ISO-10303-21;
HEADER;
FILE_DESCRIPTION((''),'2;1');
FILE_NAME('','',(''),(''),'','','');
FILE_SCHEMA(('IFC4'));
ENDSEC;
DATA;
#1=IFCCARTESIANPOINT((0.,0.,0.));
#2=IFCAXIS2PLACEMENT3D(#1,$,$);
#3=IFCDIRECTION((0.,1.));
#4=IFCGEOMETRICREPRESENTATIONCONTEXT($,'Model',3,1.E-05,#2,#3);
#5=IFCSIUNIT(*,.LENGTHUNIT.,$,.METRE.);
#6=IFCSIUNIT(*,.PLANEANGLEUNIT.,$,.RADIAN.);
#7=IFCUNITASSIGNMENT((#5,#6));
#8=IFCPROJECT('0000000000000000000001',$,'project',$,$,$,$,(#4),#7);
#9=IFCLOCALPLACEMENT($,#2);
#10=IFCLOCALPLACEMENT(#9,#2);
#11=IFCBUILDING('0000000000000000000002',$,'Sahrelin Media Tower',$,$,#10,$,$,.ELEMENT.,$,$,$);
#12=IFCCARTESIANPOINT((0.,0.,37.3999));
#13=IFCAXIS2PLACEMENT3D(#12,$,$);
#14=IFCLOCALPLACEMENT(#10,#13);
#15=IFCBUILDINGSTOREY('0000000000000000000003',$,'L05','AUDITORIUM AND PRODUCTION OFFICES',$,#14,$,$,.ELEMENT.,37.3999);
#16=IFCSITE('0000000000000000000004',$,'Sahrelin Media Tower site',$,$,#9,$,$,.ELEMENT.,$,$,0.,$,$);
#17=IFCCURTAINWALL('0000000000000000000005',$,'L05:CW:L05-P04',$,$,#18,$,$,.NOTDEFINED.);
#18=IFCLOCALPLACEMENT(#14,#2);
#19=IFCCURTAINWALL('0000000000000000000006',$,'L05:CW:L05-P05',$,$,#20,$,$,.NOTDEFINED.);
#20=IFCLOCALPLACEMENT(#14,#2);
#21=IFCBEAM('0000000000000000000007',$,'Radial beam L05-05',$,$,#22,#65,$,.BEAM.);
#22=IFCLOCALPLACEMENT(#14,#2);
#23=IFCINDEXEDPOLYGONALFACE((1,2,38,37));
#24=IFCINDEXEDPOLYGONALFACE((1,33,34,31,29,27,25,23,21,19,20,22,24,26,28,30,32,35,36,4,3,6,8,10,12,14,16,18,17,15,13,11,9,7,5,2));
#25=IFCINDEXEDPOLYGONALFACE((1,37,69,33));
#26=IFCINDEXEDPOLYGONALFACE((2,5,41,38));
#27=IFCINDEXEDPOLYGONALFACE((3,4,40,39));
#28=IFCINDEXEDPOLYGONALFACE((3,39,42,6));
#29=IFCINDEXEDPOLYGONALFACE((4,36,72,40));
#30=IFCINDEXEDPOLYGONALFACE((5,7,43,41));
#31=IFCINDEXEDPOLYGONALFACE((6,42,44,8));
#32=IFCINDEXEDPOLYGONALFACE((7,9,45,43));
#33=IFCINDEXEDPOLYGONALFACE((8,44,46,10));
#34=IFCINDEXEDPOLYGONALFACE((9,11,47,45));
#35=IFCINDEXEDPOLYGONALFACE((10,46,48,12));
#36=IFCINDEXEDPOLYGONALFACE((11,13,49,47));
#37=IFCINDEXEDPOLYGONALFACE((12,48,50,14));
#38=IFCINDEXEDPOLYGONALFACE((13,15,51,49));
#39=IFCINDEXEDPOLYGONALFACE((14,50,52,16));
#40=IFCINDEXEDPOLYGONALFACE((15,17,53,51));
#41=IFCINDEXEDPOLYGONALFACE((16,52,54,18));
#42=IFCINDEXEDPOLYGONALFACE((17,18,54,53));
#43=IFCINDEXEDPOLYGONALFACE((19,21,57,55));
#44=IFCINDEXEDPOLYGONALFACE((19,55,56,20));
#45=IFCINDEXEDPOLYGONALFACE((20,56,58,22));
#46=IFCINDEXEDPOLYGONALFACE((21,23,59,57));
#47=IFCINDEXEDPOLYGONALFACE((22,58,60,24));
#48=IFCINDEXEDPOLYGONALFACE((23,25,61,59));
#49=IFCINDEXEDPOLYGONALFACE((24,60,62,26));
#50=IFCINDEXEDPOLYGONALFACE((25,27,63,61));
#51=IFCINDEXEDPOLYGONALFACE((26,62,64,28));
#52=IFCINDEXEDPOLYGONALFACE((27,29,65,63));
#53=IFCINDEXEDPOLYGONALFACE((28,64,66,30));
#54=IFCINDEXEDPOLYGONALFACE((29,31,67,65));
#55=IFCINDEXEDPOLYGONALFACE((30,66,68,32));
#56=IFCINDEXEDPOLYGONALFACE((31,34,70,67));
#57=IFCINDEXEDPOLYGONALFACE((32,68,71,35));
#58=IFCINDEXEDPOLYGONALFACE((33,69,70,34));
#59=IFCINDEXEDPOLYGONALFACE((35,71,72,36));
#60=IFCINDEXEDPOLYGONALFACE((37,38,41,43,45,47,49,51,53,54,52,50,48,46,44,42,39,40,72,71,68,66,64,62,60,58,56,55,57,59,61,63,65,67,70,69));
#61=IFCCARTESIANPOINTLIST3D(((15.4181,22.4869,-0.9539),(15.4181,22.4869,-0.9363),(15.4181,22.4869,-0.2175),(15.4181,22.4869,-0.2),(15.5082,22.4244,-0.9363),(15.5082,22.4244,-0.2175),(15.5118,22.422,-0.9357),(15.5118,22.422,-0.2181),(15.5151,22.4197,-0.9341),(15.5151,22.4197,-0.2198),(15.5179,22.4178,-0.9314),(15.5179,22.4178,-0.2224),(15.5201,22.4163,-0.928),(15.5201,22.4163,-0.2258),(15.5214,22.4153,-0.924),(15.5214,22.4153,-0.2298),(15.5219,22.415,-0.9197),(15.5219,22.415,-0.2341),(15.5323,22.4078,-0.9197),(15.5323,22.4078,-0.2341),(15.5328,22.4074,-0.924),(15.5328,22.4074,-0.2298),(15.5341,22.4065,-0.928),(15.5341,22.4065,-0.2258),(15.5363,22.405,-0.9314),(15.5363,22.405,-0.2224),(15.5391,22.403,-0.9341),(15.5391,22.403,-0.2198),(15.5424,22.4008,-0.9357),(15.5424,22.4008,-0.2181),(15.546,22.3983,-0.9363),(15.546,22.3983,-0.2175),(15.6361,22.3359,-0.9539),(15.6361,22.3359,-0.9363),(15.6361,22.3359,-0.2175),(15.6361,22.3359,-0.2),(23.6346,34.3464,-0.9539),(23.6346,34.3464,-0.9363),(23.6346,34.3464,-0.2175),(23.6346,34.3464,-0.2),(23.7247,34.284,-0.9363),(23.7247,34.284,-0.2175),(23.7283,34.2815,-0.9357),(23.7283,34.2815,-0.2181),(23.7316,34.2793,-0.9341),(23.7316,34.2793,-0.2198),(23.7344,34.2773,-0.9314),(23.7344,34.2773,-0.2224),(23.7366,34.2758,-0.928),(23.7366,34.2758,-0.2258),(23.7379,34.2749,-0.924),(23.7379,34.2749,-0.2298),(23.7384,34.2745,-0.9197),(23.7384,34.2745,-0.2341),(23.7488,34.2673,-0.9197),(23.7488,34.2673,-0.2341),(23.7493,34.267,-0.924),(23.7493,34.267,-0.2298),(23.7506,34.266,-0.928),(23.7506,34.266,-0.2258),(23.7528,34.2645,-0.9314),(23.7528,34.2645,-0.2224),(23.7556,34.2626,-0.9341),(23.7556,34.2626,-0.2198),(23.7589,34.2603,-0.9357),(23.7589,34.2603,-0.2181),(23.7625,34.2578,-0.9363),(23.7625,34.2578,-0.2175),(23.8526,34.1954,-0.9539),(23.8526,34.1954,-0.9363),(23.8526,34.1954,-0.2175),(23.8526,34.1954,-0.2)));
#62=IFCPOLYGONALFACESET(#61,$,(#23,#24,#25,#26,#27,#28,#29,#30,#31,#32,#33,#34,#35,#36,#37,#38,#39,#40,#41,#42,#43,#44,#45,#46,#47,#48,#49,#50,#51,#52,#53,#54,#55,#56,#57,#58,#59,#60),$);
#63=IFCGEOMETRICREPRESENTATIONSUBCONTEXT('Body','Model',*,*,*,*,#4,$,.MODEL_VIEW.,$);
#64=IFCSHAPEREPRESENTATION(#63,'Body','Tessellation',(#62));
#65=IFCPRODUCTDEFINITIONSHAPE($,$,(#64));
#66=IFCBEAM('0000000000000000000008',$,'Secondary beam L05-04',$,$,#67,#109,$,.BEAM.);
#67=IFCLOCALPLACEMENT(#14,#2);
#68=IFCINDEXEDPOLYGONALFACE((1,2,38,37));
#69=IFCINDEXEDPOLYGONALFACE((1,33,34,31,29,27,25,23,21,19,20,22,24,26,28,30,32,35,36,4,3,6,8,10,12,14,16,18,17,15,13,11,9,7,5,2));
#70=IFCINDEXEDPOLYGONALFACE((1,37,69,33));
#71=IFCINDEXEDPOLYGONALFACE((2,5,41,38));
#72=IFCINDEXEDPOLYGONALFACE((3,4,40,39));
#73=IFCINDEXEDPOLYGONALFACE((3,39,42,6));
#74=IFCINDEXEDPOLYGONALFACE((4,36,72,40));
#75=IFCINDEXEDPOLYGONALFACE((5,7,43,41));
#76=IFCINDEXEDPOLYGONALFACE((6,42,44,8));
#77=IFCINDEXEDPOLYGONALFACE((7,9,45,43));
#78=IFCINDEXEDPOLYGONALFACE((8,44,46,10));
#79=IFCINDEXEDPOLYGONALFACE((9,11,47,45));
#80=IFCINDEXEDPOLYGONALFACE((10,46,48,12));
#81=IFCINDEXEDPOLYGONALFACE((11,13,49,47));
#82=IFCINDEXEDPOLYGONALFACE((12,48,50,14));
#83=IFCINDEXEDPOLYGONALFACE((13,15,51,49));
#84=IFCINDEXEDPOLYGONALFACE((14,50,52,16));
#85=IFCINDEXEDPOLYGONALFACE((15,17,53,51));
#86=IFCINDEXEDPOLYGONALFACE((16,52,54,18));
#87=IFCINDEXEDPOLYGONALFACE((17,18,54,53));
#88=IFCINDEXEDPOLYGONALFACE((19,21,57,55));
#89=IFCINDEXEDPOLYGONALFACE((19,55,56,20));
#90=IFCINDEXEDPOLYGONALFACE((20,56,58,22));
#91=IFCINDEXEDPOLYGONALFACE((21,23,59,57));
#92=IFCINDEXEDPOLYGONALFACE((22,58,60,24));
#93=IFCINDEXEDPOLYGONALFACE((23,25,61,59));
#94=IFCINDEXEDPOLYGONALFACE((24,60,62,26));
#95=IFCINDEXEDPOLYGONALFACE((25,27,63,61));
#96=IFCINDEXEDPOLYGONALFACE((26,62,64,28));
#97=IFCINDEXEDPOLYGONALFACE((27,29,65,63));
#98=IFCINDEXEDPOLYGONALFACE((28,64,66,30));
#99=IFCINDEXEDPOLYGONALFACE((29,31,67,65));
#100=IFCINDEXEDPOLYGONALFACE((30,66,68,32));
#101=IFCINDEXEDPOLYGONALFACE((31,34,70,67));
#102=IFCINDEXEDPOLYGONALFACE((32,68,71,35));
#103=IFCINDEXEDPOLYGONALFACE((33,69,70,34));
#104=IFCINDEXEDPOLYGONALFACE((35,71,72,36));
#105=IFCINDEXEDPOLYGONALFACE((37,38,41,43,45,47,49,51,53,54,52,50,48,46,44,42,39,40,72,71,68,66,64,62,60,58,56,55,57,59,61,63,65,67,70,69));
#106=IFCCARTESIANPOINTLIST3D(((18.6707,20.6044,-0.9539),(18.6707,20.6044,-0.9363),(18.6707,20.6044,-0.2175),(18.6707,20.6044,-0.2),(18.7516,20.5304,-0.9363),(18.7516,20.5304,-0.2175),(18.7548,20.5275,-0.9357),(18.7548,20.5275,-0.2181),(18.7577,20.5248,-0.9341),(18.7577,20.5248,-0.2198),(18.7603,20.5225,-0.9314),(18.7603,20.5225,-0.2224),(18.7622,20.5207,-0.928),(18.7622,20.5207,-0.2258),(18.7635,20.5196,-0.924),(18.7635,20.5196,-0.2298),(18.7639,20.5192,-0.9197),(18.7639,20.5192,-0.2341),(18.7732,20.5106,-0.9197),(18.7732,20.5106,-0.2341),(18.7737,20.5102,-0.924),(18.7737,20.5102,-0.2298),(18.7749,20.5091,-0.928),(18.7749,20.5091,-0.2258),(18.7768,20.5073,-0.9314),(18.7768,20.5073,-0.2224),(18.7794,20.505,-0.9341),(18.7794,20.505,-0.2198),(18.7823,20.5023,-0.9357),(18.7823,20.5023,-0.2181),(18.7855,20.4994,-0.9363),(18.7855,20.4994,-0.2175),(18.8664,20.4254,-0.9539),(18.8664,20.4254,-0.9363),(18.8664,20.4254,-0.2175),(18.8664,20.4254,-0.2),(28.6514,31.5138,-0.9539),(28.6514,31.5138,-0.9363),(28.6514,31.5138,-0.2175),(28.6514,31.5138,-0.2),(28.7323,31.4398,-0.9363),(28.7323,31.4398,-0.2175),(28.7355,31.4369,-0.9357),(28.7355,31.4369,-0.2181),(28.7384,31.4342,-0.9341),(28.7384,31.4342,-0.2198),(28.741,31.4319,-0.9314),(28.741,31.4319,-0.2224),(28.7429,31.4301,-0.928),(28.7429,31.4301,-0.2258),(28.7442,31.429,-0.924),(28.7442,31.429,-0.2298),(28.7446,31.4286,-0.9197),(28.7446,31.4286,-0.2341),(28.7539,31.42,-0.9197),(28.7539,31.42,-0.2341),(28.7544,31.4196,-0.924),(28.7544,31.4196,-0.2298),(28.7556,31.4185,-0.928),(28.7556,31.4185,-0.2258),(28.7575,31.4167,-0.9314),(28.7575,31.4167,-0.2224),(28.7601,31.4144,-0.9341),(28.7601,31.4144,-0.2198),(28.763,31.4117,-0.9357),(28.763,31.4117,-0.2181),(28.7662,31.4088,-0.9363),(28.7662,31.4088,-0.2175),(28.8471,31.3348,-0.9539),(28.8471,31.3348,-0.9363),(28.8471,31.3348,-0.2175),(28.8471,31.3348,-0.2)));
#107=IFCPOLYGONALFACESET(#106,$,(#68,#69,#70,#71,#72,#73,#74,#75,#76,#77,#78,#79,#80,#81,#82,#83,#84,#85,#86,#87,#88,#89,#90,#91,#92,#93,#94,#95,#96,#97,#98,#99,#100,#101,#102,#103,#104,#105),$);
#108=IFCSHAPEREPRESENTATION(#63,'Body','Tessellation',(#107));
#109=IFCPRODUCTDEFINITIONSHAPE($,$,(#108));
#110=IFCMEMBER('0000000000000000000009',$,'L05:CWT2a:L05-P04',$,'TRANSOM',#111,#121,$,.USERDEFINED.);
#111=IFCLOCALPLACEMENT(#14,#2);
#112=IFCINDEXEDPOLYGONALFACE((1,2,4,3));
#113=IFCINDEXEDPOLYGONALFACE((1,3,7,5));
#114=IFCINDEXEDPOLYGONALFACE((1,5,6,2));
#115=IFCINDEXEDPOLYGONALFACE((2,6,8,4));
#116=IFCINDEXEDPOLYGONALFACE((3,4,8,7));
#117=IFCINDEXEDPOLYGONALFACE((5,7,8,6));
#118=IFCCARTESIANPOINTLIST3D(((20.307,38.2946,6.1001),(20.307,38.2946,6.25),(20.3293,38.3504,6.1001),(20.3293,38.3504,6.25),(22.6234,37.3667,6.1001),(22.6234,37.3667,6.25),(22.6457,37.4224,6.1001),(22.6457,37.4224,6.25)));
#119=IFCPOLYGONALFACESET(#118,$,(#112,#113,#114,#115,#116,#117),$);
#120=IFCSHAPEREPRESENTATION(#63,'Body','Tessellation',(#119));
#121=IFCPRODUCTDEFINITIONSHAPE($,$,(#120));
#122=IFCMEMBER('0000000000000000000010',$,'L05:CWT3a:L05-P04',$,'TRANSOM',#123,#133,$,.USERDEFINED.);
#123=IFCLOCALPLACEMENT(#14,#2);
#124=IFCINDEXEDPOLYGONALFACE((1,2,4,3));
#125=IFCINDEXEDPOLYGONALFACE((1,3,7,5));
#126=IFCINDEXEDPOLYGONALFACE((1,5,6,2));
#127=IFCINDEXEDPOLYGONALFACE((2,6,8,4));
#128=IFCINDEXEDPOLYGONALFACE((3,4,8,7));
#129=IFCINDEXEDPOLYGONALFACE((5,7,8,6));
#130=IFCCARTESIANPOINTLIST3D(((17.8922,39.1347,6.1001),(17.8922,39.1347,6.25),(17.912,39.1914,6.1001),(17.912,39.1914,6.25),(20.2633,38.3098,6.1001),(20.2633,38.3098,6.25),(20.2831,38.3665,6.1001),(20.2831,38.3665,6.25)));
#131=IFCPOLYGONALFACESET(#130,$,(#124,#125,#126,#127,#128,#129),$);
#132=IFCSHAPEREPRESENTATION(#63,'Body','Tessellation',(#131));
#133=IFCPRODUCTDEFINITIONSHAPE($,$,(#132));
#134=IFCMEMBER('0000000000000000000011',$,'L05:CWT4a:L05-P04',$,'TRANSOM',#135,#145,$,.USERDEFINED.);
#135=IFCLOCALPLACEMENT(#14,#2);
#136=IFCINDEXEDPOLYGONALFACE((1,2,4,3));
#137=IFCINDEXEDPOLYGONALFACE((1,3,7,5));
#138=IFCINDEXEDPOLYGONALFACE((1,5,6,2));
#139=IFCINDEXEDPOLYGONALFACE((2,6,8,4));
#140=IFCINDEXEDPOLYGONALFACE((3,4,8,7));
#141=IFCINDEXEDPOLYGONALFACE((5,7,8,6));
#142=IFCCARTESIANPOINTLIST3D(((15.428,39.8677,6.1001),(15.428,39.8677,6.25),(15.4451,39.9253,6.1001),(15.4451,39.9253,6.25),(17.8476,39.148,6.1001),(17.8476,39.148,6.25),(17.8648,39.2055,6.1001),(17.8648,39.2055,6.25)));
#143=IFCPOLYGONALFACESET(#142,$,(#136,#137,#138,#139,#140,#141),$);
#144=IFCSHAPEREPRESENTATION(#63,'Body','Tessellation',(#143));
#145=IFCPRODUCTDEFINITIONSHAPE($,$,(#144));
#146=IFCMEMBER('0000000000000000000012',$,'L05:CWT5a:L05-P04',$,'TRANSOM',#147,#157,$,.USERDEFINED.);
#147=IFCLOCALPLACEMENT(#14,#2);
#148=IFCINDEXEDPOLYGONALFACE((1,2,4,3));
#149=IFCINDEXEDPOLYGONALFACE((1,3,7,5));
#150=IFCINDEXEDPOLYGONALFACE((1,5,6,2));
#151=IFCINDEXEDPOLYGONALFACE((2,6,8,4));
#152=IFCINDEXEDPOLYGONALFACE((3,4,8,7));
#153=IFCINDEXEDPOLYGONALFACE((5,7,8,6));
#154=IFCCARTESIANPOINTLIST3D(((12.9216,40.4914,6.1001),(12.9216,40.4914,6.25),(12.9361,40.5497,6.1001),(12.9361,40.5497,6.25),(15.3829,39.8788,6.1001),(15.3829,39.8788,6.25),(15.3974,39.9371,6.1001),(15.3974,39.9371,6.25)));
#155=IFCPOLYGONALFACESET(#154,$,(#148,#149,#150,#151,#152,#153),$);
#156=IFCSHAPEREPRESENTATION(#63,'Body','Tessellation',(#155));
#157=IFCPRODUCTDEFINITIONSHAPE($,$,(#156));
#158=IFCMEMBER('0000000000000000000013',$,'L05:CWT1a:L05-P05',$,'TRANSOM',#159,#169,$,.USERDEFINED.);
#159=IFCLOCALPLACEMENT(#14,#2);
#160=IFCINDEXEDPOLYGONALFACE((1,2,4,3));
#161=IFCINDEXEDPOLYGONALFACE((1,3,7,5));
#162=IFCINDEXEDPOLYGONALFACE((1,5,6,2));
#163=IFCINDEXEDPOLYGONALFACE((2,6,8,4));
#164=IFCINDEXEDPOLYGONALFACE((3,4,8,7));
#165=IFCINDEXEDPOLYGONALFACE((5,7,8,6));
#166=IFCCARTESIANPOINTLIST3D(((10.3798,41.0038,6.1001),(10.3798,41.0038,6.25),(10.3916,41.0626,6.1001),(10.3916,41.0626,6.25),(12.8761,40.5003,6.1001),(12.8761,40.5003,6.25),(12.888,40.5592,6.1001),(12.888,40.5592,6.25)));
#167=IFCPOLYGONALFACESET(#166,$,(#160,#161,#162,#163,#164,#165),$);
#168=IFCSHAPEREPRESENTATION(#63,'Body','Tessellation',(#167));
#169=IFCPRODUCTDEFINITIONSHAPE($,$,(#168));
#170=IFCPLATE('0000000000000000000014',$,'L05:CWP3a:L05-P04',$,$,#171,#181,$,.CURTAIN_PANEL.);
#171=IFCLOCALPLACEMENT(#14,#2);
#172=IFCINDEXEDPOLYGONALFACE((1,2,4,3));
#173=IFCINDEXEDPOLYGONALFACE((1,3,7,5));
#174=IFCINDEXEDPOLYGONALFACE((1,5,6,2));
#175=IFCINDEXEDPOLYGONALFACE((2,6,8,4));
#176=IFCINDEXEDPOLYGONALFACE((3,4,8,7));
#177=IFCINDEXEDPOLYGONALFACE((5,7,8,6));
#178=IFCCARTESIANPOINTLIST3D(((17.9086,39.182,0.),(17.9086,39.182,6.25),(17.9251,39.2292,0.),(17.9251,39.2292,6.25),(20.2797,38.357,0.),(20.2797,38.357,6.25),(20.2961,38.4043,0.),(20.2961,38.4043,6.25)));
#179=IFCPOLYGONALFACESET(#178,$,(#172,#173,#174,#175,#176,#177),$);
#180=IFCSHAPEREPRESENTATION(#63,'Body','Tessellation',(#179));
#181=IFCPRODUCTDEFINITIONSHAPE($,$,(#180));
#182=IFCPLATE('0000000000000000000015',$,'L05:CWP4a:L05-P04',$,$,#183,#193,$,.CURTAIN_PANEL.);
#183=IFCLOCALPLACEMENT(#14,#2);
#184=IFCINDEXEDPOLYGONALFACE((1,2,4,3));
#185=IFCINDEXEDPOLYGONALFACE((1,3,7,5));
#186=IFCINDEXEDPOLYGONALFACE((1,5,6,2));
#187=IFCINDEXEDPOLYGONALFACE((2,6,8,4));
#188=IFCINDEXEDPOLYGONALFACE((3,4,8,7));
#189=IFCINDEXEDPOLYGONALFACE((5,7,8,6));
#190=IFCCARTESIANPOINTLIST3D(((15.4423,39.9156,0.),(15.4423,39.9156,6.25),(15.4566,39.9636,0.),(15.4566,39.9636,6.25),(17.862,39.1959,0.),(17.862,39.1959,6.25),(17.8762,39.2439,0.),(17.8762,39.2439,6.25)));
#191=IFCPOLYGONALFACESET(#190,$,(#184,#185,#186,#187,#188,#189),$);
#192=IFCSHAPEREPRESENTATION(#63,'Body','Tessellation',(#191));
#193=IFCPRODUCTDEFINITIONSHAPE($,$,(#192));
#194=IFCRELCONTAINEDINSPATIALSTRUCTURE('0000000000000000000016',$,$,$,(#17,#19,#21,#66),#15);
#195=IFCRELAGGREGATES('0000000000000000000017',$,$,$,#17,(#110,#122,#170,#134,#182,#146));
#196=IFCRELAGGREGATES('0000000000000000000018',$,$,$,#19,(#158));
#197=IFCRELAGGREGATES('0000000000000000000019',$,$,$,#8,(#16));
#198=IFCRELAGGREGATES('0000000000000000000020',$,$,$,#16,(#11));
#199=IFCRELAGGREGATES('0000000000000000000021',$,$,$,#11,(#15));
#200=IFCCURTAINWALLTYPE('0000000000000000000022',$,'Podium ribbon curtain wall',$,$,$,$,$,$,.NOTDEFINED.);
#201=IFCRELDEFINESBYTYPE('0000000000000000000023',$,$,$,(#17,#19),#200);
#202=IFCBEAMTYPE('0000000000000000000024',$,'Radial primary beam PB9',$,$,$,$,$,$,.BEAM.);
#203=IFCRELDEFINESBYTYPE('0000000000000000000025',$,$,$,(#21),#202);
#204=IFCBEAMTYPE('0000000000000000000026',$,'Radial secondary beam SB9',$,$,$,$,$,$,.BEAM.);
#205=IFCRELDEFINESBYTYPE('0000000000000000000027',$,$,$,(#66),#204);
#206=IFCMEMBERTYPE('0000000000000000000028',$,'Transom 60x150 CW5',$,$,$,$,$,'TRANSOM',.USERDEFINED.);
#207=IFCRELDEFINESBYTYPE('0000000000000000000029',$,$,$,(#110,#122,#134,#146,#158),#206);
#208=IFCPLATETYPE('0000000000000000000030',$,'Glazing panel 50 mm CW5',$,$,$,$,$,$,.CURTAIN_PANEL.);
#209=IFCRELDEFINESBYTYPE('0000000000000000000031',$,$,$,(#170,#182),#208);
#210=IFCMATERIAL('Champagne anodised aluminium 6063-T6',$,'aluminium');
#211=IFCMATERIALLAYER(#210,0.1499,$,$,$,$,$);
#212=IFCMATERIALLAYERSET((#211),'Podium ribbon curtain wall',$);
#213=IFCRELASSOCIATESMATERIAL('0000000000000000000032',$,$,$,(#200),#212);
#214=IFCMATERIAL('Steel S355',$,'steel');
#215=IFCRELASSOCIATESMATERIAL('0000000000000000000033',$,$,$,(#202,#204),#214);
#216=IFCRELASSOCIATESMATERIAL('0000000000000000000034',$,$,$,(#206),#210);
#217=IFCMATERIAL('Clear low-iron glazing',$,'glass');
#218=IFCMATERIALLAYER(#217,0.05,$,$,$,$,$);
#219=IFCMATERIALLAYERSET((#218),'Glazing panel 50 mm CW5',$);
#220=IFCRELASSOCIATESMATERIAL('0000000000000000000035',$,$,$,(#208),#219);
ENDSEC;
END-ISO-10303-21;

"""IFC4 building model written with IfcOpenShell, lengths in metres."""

from ifc_helpers import new_model, si_unit, direction, frame, origin, origin_2d, place, context, subcontext, project, spatial, polyline, rectangle, i_section, outline, extrude, material, layer, layer_set, material_profile, profile_set, type_object, element, aggregate, save


model = new_model("IFC4")

# Units and contexts
model_context = context("Model", 3, precision=1e-05, world=origin(), true_north=direction((0.0, 1.0)))
body_context = subcontext(model_context, "Body", "Model", "MODEL_VIEW")
ifc_project = project(units=[si_unit("LENGTHUNIT", "METRE"), si_unit("PLANEANGLEUNIT", "RADIAN")], contexts=[model_context])

# Site, building, storey
site_placement = place(None, origin())
site = spatial("IfcSite", under=ifc_project, at=site_placement, Name="Sahrelin Media Tower site", CompositionType="ELEMENT", RefElevation=0.0)
building_placement = place(site_placement, origin())
building = spatial("IfcBuilding", under=site, at=building_placement, Name="Sahrelin Media Tower", CompositionType="ELEMENT")
storey_placement = place(building_placement, frame((0.0, 0.0, 37.3999)))
storey = spatial("IfcBuildingStorey", under=building, at=storey_placement, Name="L05", Description="AUDITORIUM AND PRODUCTION OFFICES", CompositionType="ELEMENT", Elevation=37.3999)

# Shared definitions
ifc_material_1 = material(Name="Steel S355", Category="steel")

# Curtain wall
ifc_material_2 = material(Name="Champagne anodised aluminium 6063-T6", Category="aluminium")
ifc_layer_1 = layer(ifc_material_2, 0.1499)
ifc_layer_set_1 = layer_set([ifc_layer_1], Name="Podium ribbon curtain wall")
curtain_wall_type = type_object("IfcCurtainWallType", Name="Podium ribbon curtain wall", PredefinedType="NOTDEFINED", material=ifc_layer_set_1)
curtain_wall_1_placement = place(storey_placement, frame((25.0, 36.373, 0.0), z_axis=(0.0, 0.0, 1.0), x_axis=(1.0, 0.0, 0.0)))
curtain_wall_1 = element("IfcCurtainWall", 1, at=curtain_wall_1_placement, inside=storey, type_object=curtain_wall_type, Name="L05:CW:L05-P04", PredefinedType="NOTDEFINED")

# Curtain wall
curtain_wall_2_placement = place(storey_placement, frame((12.9409, 40.5688, 0.0), z_axis=(0.0, 0.0, 1.0), x_axis=(1.0, 0.0, 0.0)))
curtain_wall_2 = element("IfcCurtainWall", 2, at=curtain_wall_2_placement, inside=storey, type_object=curtain_wall_type, Name="L05:CW:L05-P05", PredefinedType="NOTDEFINED")

# Beams
ifc_material_profile_1 = material_profile(ifc_material_1, i_section(OverallWidth=0.2651, OverallDepth=0.7539, WebThickness=0.0127, FlangeThickness=0.0176, FilletRadius=0.0166, at=origin_2d()), Name="UB 762x267x147")
ifc_profile_set_1 = profile_set([ifc_material_profile_1], Name="Steel S355")
beam_type_1 = type_object("IfcBeamType", Name="Radial primary beam PB9", PredefinedType="BEAM", material=ifc_profile_set_1)
beam_1_placement = place(storey_placement, frame((15.5271, 22.4114, -0.5769), z_axis=(0.569493, 0.821996, 0.0), x_axis=(-0.821996, 0.569493, 0.0)))
element("IfcBeam", 3, at=beam_1_placement, inside=storey, type_object=beam_type_1, Name="Radial beam L05-05", PredefinedType="BEAM", context=body_context, shape_type="SweptSolid", body=[
    extrude(i_section(OverallWidth=0.2651, OverallDepth=0.7539, WebThickness=0.0127, FlangeThickness=0.0176, FilletRadius=0.0166, at=origin_2d()), origin(), (0.0, 0.0, 1.0), 14.4277),
])
ifc_material_profile_2 = material_profile(ifc_material_1, i_section(OverallWidth=0.2651, OverallDepth=0.7539, WebThickness=0.0127, FlangeThickness=0.0176, FilletRadius=0.0166, at=origin_2d()), Name="UB 762x267x147")
ifc_profile_set_2 = profile_set([ifc_material_profile_2], Name="Steel S355")
beam_type_2 = type_object("IfcBeamType", Name="Radial secondary beam SB9", PredefinedType="BEAM", material=ifc_profile_set_2)
beam_2_placement = place(storey_placement, frame((18.7686, 20.5149, -0.5769), z_axis=(0.675004, 0.737814, 0.0), x_axis=(-0.737814, 0.675004, 0.0)))
element("IfcBeam", 4, at=beam_2_placement, inside=storey, type_object=beam_type_2, Name="Secondary beam L05-04", PredefinedType="BEAM", context=body_context, shape_type="SweptSolid", body=[
    extrude(i_section(OverallWidth=0.2651, OverallDepth=0.7539, WebThickness=0.0127, FlangeThickness=0.0176, FilletRadius=0.0166, at=origin_2d()), origin(), (0.0, 0.0, 1.0), 14.7861),
])

# Members
ifc_material_profile_3 = material_profile(ifc_material_2, rectangle(XDim=0.0601, YDim=0.1499, at=origin_2d()), Name="Transom 60x150")
ifc_profile_set_3 = profile_set([ifc_material_profile_3], Name="Champagne anodised aluminium 6063-T6")
member_type_1 = type_object("IfcMemberType", Name="Transom 60x150 CW5", ElementType="TRANSOM", PredefinedType="USERDEFINED", material=ifc_profile_set_3)
member_1_placement = place(storey_placement, frame((22.6345, 37.3945, 6.175), z_axis=(-0.928281, 0.37188, 0.0), x_axis=(-0.37188, -0.928281, 0.0)))
member_1 = element("IfcMember", 5, at=member_1_placement, type_object=member_type_1, Name="L05:CWT2a:L05-P04", ObjectType="TRANSOM", PredefinedType="USERDEFINED", context=body_context, shape_type="SweptSolid", body=[
    extrude(rectangle(XDim=0.0601, YDim=0.1499, at=origin_2d()), origin(), (0.0, 0.0, 1.0), 2.4954),
])
member_2_placement = place(storey_placement, frame((20.2732, 38.3381, 6.175), z_axis=(-0.944469, 0.3286, 0.0), x_axis=(-0.3286, -0.944469, 0.0)))
member_2 = element("IfcMember", 6, at=member_2_placement, type_object=member_type_1, Name="L05:CWT3a:L05-P04", ObjectType="TRANSOM", PredefinedType="USERDEFINED", context=body_context, shape_type="SweptSolid", body=[
    extrude(rectangle(XDim=0.0601, YDim=0.1499, at=origin_2d()), origin(), (0.0, 0.0, 1.0), 2.5105),
])
member_3_placement = place(storey_placement, frame((17.8562, 39.1768, 6.175), z_axis=(-0.958497, 0.285102, 0.0), x_axis=(-0.285102, -0.958497, 0.0)))
member_3 = element("IfcMember", 7, at=member_3_placement, type_object=member_type_1, Name="L05:CWT4a:L05-P04", ObjectType="TRANSOM", PredefinedType="USERDEFINED", context=body_context, shape_type="SweptSolid", body=[
    extrude(rectangle(XDim=0.0601, YDim=0.1499, at=origin_2d()), origin(), (0.0, 0.0, 1.0), 2.5244),
])
member_4_placement = place(storey_placement, frame((15.3901, 39.908, 6.175), z_axis=(-0.970397, 0.241516, 0.0), x_axis=(-0.241516, -0.970397, 0.0)))
member_4 = element("IfcMember", 8, at=member_4_placement, type_object=member_type_1, Name="L05:CWT5a:L05-P04", ObjectType="TRANSOM", PredefinedType="USERDEFINED", context=body_context, shape_type="SweptSolid", body=[
    extrude(rectangle(XDim=0.0601, YDim=0.1499, at=origin_2d()), origin(), (0.0, 0.0, 1.0), 2.5364),
])
member_5_placement = place(storey_placement, frame((12.8821, 40.5298, 6.175), z_axis=(-0.980266, 0.197683, 0.0), x_axis=(-0.197683, -0.980266, 0.0)))
member_5 = element("IfcMember", 9, at=member_5_placement, type_object=member_type_1, Name="L05:CWT1a:L05-P05", ObjectType="TRANSOM", PredefinedType="USERDEFINED", context=body_context, shape_type="SweptSolid", body=[
    extrude(rectangle(XDim=0.0601, YDim=0.1499, at=origin_2d()), origin(), (0.0, 0.0, 1.0), 2.5466),
])

# Plates
ifc_material_3 = material(Name="Clear low-iron glazing", Category="glass")
ifc_layer_2 = layer(ifc_material_3, 0.05)
ifc_layer_set_2 = layer_set([ifc_layer_2], Name="Glazing panel 50 mm CW5")
plate_type = type_object("IfcPlateType", Name="Glazing panel 50 mm CW5", PredefinedType="CURTAIN_PANEL", material=ifc_layer_set_2)
plate_1_placement = place(storey_placement, frame((20.2961, 38.4043, 0.0), z_axis=(0.3286, 0.944469, 0.0), x_axis=(-0.944469, 0.3286, 0.0)))
plate_1 = element("IfcPlate", 10, at=plate_1_placement, type_object=plate_type, Name="L05:CWP3a:L05-P04", PredefinedType="CURTAIN_PANEL", context=body_context, shape_type="SweptSolid", body=[
    extrude(outline(polyline([(0.0, 0.0), (2.5105, 0.0), (2.5105, 6.25), (0.0, 6.25), (0.0, 0.0)])), origin(), (0.0, 0.0, -1.0), 0.05),
])
plate_2_placement = place(storey_placement, frame((17.8762, 39.2439, 0.0), z_axis=(0.285102, 0.958497, 0.0), x_axis=(-0.958497, 0.285102, 0.0)))
plate_2 = element("IfcPlate", 11, at=plate_2_placement, type_object=plate_type, Name="L05:CWP4a:L05-P04", PredefinedType="CURTAIN_PANEL", context=body_context, shape_type="SweptSolid", body=[
    extrude(outline(polyline([(0.0, 0.0), (2.5244, 0.0), (2.5244, 6.25), (0.0, 6.25), (0.0, 0.0)])), origin(), (0.0, 0.0, -1.0), 0.05),
])
aggregate(curtain_wall_1, [member_1, member_2, plate_1, member_3, plate_2, member_4])
aggregate(curtain_wall_2, [member_5])

save(model, "model.ifc")
